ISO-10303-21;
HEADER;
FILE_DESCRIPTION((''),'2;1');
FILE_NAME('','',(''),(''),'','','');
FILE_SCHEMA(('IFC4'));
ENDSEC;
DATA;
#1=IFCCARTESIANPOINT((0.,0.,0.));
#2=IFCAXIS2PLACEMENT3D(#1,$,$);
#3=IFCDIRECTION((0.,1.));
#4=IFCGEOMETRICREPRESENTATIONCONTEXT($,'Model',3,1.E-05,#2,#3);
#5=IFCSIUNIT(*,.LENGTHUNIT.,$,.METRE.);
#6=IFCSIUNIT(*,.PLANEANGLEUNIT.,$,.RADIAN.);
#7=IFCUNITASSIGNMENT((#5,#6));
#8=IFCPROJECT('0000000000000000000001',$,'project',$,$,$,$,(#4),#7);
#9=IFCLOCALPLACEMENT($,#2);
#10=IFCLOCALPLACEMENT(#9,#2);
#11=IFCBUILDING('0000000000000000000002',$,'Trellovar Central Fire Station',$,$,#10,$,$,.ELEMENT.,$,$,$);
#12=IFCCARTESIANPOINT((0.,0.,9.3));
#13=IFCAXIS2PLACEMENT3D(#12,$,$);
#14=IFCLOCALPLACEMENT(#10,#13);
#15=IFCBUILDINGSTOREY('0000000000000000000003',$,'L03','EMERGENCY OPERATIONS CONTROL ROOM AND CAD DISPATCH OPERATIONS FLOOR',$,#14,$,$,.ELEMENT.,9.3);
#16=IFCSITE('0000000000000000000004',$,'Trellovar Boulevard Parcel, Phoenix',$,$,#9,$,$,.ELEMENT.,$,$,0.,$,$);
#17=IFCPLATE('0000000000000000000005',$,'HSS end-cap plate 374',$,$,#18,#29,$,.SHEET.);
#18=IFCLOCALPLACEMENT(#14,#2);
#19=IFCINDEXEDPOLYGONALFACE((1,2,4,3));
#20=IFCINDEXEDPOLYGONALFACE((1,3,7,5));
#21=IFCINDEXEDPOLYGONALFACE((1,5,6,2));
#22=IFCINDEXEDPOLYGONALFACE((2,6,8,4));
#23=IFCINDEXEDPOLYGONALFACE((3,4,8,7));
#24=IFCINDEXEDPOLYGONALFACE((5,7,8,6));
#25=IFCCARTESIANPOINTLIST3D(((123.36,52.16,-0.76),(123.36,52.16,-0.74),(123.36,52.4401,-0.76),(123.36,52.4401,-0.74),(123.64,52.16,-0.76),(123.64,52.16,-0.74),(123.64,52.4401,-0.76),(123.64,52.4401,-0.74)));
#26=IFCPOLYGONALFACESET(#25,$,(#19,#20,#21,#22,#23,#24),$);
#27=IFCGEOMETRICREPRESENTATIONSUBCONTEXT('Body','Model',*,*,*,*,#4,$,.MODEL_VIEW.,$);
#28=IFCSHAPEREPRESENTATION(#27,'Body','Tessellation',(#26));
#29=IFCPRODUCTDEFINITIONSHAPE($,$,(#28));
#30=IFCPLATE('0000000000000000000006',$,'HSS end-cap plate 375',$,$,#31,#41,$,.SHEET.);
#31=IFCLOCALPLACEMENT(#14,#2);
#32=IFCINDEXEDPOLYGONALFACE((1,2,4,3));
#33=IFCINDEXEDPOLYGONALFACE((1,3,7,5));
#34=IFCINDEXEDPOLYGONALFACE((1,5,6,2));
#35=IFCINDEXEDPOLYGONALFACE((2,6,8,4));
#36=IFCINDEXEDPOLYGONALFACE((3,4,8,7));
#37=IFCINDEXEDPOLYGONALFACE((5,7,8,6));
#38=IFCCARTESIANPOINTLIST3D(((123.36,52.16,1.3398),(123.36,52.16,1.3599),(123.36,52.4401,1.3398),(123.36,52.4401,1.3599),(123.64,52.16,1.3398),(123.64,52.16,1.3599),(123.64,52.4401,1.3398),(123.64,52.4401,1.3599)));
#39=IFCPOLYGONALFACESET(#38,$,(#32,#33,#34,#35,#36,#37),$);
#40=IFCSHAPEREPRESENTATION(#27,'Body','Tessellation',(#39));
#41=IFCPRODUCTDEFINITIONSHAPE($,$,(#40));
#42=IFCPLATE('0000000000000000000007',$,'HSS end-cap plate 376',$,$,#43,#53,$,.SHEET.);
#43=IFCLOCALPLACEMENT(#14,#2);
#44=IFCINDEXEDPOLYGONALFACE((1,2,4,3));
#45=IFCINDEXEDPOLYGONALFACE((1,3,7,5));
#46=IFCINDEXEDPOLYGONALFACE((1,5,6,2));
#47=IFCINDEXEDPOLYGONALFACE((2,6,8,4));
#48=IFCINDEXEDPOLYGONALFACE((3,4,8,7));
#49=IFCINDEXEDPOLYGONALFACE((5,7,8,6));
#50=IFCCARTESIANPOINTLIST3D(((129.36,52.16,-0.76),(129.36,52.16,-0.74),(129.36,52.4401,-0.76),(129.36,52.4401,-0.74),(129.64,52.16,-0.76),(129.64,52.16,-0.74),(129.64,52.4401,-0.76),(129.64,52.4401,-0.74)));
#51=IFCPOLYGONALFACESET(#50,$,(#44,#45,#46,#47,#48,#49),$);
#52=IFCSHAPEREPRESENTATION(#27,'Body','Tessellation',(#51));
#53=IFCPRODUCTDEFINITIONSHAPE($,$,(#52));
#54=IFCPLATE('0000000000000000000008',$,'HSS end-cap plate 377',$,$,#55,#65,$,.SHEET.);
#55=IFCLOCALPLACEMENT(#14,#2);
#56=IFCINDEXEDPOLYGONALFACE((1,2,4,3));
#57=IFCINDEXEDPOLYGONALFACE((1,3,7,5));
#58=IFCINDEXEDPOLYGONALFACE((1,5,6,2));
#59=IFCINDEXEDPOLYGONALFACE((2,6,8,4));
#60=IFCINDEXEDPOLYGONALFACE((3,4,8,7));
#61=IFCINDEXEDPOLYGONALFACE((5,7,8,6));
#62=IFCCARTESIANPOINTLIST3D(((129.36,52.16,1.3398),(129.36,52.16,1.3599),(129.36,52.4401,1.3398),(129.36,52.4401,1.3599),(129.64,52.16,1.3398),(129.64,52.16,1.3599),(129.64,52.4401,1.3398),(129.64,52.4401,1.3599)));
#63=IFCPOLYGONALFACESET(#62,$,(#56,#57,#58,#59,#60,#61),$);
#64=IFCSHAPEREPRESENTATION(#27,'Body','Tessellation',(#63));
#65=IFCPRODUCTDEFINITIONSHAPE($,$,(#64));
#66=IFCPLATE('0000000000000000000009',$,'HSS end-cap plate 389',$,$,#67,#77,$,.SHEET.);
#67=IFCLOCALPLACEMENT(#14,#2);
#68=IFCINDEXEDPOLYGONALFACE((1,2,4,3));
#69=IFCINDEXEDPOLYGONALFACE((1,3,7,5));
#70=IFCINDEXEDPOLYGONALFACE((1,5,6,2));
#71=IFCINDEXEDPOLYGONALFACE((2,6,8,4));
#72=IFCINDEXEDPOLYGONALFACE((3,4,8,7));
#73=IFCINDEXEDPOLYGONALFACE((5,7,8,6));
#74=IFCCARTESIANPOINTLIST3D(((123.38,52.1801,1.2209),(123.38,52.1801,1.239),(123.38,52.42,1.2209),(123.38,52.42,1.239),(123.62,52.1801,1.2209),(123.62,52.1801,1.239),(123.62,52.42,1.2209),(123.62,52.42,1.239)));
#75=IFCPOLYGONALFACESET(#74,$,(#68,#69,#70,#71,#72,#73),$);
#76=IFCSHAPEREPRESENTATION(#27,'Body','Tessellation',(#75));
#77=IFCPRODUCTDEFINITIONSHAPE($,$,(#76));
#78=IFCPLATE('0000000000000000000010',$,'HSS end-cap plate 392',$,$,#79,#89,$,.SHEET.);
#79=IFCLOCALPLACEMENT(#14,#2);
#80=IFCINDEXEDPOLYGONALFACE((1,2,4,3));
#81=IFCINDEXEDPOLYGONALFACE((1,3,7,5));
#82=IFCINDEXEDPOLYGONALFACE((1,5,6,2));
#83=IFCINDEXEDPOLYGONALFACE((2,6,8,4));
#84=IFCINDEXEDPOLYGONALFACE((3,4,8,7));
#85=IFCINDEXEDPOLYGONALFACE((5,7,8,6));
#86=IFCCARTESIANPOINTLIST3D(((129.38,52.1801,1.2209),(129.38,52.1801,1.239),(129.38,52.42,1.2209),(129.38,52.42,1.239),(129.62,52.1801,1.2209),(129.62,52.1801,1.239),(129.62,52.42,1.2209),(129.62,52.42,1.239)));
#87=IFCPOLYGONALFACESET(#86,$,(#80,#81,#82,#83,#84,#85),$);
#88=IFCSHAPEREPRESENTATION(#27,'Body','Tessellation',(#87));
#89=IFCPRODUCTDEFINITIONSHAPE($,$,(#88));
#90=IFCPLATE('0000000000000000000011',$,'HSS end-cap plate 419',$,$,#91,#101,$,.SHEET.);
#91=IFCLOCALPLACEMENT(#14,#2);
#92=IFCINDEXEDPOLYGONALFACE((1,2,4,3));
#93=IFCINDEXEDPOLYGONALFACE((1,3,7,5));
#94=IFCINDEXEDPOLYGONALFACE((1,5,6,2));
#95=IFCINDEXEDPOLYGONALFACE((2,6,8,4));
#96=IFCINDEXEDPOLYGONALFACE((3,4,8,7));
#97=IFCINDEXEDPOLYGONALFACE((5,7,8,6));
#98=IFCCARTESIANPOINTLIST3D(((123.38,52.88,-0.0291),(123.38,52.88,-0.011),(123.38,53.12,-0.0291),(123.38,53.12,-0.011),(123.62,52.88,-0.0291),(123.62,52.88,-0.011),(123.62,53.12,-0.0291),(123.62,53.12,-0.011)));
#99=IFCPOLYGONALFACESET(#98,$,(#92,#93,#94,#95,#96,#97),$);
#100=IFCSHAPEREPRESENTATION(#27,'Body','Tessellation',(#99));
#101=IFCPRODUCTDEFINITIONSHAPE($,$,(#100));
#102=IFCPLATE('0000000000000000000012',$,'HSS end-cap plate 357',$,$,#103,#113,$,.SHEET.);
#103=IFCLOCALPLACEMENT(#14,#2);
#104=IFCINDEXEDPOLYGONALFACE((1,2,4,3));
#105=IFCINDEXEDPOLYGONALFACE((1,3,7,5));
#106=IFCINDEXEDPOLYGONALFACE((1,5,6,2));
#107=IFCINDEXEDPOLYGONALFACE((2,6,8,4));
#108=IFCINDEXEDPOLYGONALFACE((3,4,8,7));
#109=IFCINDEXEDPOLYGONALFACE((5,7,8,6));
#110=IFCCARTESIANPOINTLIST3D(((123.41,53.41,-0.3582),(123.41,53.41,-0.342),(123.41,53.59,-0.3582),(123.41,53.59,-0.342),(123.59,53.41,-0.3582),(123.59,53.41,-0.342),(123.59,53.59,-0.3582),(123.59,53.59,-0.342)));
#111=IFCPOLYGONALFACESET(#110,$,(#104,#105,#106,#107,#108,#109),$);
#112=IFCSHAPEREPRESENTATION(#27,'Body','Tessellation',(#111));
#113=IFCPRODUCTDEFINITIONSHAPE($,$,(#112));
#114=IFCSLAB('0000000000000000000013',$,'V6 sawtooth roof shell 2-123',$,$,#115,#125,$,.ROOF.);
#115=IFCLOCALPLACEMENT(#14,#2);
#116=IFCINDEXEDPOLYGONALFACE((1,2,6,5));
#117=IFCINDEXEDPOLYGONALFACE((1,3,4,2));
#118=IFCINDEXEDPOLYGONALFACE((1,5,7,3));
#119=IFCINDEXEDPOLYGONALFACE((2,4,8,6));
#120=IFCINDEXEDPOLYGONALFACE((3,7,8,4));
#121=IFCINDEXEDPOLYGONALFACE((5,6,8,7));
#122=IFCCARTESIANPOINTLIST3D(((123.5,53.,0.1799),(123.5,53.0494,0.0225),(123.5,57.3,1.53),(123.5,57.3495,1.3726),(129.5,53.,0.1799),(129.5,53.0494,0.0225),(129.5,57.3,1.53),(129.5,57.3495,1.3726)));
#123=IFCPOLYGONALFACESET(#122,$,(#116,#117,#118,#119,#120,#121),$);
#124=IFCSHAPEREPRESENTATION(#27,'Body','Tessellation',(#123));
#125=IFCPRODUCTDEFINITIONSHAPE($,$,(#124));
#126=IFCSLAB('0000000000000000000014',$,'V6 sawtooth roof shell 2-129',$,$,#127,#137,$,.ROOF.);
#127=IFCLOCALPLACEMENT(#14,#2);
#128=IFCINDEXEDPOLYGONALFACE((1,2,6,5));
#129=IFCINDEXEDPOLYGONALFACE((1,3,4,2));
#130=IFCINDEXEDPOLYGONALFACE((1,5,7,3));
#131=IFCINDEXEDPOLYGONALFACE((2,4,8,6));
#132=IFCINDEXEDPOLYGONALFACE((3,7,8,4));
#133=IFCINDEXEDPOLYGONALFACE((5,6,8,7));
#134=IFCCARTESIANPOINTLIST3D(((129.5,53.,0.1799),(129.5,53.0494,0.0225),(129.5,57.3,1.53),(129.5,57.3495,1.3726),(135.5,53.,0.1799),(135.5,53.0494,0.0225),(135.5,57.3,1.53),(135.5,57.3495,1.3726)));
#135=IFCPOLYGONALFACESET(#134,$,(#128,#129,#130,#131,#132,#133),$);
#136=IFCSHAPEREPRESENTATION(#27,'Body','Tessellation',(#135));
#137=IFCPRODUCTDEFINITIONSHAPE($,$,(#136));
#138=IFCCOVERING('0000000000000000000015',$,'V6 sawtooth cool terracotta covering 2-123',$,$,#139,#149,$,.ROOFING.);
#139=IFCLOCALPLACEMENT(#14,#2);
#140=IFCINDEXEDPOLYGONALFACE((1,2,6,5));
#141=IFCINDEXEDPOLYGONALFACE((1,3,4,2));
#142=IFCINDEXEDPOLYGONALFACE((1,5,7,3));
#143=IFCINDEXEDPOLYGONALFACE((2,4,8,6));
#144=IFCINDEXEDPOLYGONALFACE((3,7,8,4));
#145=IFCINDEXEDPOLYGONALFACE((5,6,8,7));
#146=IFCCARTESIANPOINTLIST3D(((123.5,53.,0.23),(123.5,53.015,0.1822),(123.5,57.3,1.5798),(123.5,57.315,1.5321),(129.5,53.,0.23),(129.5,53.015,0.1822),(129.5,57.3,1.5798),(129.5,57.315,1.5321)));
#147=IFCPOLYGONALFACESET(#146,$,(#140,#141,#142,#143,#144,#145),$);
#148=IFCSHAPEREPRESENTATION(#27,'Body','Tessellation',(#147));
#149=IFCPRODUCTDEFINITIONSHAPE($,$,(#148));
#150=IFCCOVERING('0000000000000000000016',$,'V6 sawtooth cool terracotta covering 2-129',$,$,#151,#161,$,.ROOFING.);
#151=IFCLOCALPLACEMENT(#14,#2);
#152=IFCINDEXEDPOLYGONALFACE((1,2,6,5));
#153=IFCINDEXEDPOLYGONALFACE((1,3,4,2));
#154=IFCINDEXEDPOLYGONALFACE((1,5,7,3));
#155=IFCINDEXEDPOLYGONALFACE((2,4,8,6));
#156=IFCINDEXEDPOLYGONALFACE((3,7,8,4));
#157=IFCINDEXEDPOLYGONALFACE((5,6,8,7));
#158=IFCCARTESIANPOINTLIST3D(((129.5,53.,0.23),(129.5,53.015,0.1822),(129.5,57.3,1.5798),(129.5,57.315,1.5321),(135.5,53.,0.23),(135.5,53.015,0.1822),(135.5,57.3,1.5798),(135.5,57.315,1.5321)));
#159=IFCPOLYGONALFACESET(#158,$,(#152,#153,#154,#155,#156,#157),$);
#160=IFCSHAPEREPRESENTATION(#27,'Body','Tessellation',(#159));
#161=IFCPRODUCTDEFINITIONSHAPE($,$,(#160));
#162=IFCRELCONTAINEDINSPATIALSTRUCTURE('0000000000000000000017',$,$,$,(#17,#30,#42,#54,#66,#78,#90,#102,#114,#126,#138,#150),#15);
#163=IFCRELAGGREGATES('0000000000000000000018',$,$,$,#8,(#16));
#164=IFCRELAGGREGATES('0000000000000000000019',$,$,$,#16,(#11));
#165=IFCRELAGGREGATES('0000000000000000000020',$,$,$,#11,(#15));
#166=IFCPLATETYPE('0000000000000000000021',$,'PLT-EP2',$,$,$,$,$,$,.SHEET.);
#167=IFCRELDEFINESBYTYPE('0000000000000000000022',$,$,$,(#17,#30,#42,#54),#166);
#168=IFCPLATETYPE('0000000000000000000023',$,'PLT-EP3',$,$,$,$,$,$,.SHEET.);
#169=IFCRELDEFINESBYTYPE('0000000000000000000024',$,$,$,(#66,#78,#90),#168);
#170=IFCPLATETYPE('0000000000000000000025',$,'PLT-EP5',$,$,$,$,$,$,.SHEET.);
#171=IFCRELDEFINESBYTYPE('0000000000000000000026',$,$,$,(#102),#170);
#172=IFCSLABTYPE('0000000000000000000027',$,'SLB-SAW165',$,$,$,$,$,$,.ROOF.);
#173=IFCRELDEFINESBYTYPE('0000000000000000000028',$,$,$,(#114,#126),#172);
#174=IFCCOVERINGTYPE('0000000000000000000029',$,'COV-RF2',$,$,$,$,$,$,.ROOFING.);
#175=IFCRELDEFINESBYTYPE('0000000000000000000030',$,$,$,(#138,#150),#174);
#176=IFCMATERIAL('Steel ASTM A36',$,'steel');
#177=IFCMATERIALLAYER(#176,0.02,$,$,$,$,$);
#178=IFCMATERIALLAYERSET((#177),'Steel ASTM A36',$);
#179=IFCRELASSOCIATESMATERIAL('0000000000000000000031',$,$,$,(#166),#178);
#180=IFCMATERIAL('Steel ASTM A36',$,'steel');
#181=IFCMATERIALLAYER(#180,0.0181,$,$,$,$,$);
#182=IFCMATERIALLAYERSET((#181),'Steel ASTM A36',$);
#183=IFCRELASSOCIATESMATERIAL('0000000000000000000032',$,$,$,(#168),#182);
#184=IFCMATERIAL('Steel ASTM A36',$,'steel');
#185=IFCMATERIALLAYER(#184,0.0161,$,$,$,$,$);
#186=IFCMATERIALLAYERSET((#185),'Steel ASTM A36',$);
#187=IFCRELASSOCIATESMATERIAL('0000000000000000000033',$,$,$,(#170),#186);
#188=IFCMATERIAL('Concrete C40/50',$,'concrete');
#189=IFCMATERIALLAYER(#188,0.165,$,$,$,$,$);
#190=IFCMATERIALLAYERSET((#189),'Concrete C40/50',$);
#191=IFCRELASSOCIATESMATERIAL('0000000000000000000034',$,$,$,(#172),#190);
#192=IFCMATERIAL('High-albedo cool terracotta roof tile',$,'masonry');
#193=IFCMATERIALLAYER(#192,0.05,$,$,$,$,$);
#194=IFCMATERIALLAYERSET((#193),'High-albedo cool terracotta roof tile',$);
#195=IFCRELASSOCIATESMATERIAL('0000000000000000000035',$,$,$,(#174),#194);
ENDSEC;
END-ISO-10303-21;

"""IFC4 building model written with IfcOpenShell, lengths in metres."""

from ifc_helpers import new_model, si_unit, direction, frame, origin, origin_2d, place, context, subcontext, project, spatial, polyline, rectangle, outline, extrude, material, layer, layer_set, type_object, element, save


model = new_model("IFC4")

# Units and contexts
model_context = context("Model", 3, precision=1e-05, world=origin(), true_north=direction((0.0, 1.0)))
body_context = subcontext(model_context, "Body", "Model", "MODEL_VIEW")
ifc_project = project(units=[si_unit("LENGTHUNIT", "METRE"), si_unit("PLANEANGLEUNIT", "RADIAN")], contexts=[model_context])

# Site, building, storey
site_placement = place(None, origin())
site = spatial("IfcSite", under=ifc_project, at=site_placement, Name="Trellovar Boulevard Parcel, Phoenix", CompositionType="ELEMENT", RefElevation=0.0)
building_placement = place(site_placement, origin())
building = spatial("IfcBuilding", under=site, at=building_placement, Name="Trellovar Central Fire Station", CompositionType="ELEMENT")
storey_placement = place(building_placement, frame((0.0, 0.0, 9.3)))
storey = spatial("IfcBuildingStorey", under=building, at=storey_placement, Name="L03", Description="EMERGENCY OPERATIONS CONTROL ROOM AND CAD DISPATCH OPERATIONS FLOOR", CompositionType="ELEMENT", Elevation=9.3)

# Plates
ifc_material_1 = material(Name="Steel ASTM A36", Category="steel")
ifc_layer_1 = layer(ifc_material_1, 0.02)
ifc_layer_set_1 = layer_set([ifc_layer_1], Name="Steel ASTM A36")
plate_type_1 = type_object("IfcPlateType", Name="PLT-EP2", PredefinedType="SHEET", material=ifc_layer_set_1)
for number, where, z_axis, x_axis, name in (
    (1, (123.5, 52.3, -0.76), (0.0, 0.0, 1.0), (1.0, 0.0, 0.0), "HSS end-cap plate 374"),
    (2, (123.5, 52.3, 1.3398), (0.0, 0.0, 1.0), (1.0, 0.0, 0.0), "HSS end-cap plate 375"),
    (3, (129.5, 52.3, -0.76), (0.0, 0.0, 1.0), (1.0, 0.0, 0.0), "HSS end-cap plate 376"),
    (4, (129.5, 52.3, 1.3398), (0.0, 0.0, 1.0), (1.0, 0.0, 0.0), "HSS end-cap plate 377"),
):
    element("IfcPlate", number, at=place(storey_placement, frame(where, z_axis=z_axis, x_axis=x_axis)), inside=storey, type_object=plate_type_1, Name=name, PredefinedType="SHEET", context=body_context, shape_type="SweptSolid", body=[
        extrude(rectangle(XDim=0.28, YDim=0.28, at=origin_2d()), origin(), (0.0, 0.0, 1.0), 0.02),
    ])
ifc_material_2 = material(Name="Steel ASTM A36", Category="steel")
ifc_layer_2 = layer(ifc_material_2, 0.0181)
ifc_layer_set_2 = layer_set([ifc_layer_2], Name="Steel ASTM A36")
plate_type_2 = type_object("IfcPlateType", Name="PLT-EP3", PredefinedType="SHEET", material=ifc_layer_set_2)
for number, where, z_axis, x_axis, name in (
    (5, (123.5, 52.3, 1.2209), (0.0, 0.0, 1.0), (1.0, 0.0, 0.0), "HSS end-cap plate 389"),
    (6, (129.5, 52.3, 1.2209), (0.0, 0.0, 1.0), (1.0, 0.0, 0.0), "HSS end-cap plate 392"),
    (7, (123.5, 53.0, -0.0291), (0.0, 0.0, 1.0), (1.0, 0.0, 0.0), "HSS end-cap plate 419"),
):
    element("IfcPlate", number, at=place(storey_placement, frame(where, z_axis=z_axis, x_axis=x_axis)), inside=storey, type_object=plate_type_2, Name=name, PredefinedType="SHEET", context=body_context, shape_type="SweptSolid", body=[
        extrude(rectangle(XDim=0.24, YDim=0.24, at=origin_2d()), origin(), (0.0, 0.0, 1.0), 0.0181),
    ])
ifc_material_3 = material(Name="Steel ASTM A36", Category="steel")
ifc_layer_3 = layer(ifc_material_3, 0.0161)
ifc_layer_set_3 = layer_set([ifc_layer_3], Name="Steel ASTM A36")
plate_type_3 = type_object("IfcPlateType", Name="PLT-EP5", PredefinedType="SHEET", material=ifc_layer_set_3)
plate_1_placement = place(storey_placement, frame((123.5, 53.5, -0.3582), z_axis=(0.0, 0.0, 1.0), x_axis=(1.0, 0.0, 0.0)))
element("IfcPlate", 8, at=plate_1_placement, inside=storey, type_object=plate_type_3, Name="HSS end-cap plate 357", PredefinedType="SHEET", context=body_context, shape_type="SweptSolid", body=[
    extrude(rectangle(XDim=0.1799, YDim=0.1799, at=origin_2d()), origin(), (0.0, 0.0, 1.0), 0.0161),
])

# Slabs
ifc_material_4 = material(Name="Concrete C40/50", Category="concrete")
ifc_layer_4 = layer(ifc_material_4, 0.165)
ifc_layer_set_4 = layer_set([ifc_layer_4], Name="Concrete C40/50")
slab_type = type_object("IfcSlabType", Name="SLB-SAW165", PredefinedType="ROOF", material=ifc_layer_set_4)
for number, where, z_axis, x_axis, name in (
    (9, (123.5, 53.0, 0.1799), (0.0, -0.299555, 0.954079), (1.0, 0.0, 0.0), "V6 sawtooth roof shell 2-123"),
    (10, (129.5, 53.0, 0.1799), (0.0, -0.299555, 0.954079), (1.0, 0.0, 0.0), "V6 sawtooth roof shell 2-129"),
):
    element("IfcSlab", number, at=place(storey_placement, frame(where, z_axis=z_axis, x_axis=x_axis)), inside=storey, type_object=slab_type, Name=name, PredefinedType="ROOF", context=body_context, shape_type="SweptSolid", body=[
        extrude(outline(polyline([(0.0, 0.0), (6.0, 0.0), (6.0, 4.507), (0.0, 4.507), (0.0, 0.0)])), origin(), (0.0, 0.0, -1.0), 0.165),
    ])

# Coverings
ifc_material_5 = material(Name="High-albedo cool terracotta roof tile", Category="masonry")
ifc_layer_5 = layer(ifc_material_5, 0.05)
ifc_layer_set_5 = layer_set([ifc_layer_5], Name="High-albedo cool terracotta roof tile")
covering_type = type_object("IfcCoveringType", Name="COV-RF2", PredefinedType="ROOFING", material=ifc_layer_set_5)
for number, where, z_axis, x_axis, name in (
    (11, (123.5, 53.0, 0.23), (0.0, -0.299505, 0.954095), (1.0, 0.0, 0.0), "V6 sawtooth cool terracotta covering 2-123"),
    (12, (129.5, 53.0, 0.23), (0.0, -0.299505, 0.954095), (1.0, 0.0, 0.0), "V6 sawtooth cool terracotta covering 2-129"),
):
    element("IfcCovering", number, at=place(storey_placement, frame(where, z_axis=z_axis, x_axis=x_axis)), inside=storey, type_object=covering_type, Name=name, PredefinedType="ROOFING", context=body_context, shape_type="SweptSolid", body=[
        extrude(outline(polyline([(0.0, 0.0), (6.0, 0.0), (6.0, 4.5069), (0.0, 4.5069), (0.0, 0.0)])), origin(), (0.0, 0.0, -1.0), 0.05),
    ])

save(model, "model.ifc")
